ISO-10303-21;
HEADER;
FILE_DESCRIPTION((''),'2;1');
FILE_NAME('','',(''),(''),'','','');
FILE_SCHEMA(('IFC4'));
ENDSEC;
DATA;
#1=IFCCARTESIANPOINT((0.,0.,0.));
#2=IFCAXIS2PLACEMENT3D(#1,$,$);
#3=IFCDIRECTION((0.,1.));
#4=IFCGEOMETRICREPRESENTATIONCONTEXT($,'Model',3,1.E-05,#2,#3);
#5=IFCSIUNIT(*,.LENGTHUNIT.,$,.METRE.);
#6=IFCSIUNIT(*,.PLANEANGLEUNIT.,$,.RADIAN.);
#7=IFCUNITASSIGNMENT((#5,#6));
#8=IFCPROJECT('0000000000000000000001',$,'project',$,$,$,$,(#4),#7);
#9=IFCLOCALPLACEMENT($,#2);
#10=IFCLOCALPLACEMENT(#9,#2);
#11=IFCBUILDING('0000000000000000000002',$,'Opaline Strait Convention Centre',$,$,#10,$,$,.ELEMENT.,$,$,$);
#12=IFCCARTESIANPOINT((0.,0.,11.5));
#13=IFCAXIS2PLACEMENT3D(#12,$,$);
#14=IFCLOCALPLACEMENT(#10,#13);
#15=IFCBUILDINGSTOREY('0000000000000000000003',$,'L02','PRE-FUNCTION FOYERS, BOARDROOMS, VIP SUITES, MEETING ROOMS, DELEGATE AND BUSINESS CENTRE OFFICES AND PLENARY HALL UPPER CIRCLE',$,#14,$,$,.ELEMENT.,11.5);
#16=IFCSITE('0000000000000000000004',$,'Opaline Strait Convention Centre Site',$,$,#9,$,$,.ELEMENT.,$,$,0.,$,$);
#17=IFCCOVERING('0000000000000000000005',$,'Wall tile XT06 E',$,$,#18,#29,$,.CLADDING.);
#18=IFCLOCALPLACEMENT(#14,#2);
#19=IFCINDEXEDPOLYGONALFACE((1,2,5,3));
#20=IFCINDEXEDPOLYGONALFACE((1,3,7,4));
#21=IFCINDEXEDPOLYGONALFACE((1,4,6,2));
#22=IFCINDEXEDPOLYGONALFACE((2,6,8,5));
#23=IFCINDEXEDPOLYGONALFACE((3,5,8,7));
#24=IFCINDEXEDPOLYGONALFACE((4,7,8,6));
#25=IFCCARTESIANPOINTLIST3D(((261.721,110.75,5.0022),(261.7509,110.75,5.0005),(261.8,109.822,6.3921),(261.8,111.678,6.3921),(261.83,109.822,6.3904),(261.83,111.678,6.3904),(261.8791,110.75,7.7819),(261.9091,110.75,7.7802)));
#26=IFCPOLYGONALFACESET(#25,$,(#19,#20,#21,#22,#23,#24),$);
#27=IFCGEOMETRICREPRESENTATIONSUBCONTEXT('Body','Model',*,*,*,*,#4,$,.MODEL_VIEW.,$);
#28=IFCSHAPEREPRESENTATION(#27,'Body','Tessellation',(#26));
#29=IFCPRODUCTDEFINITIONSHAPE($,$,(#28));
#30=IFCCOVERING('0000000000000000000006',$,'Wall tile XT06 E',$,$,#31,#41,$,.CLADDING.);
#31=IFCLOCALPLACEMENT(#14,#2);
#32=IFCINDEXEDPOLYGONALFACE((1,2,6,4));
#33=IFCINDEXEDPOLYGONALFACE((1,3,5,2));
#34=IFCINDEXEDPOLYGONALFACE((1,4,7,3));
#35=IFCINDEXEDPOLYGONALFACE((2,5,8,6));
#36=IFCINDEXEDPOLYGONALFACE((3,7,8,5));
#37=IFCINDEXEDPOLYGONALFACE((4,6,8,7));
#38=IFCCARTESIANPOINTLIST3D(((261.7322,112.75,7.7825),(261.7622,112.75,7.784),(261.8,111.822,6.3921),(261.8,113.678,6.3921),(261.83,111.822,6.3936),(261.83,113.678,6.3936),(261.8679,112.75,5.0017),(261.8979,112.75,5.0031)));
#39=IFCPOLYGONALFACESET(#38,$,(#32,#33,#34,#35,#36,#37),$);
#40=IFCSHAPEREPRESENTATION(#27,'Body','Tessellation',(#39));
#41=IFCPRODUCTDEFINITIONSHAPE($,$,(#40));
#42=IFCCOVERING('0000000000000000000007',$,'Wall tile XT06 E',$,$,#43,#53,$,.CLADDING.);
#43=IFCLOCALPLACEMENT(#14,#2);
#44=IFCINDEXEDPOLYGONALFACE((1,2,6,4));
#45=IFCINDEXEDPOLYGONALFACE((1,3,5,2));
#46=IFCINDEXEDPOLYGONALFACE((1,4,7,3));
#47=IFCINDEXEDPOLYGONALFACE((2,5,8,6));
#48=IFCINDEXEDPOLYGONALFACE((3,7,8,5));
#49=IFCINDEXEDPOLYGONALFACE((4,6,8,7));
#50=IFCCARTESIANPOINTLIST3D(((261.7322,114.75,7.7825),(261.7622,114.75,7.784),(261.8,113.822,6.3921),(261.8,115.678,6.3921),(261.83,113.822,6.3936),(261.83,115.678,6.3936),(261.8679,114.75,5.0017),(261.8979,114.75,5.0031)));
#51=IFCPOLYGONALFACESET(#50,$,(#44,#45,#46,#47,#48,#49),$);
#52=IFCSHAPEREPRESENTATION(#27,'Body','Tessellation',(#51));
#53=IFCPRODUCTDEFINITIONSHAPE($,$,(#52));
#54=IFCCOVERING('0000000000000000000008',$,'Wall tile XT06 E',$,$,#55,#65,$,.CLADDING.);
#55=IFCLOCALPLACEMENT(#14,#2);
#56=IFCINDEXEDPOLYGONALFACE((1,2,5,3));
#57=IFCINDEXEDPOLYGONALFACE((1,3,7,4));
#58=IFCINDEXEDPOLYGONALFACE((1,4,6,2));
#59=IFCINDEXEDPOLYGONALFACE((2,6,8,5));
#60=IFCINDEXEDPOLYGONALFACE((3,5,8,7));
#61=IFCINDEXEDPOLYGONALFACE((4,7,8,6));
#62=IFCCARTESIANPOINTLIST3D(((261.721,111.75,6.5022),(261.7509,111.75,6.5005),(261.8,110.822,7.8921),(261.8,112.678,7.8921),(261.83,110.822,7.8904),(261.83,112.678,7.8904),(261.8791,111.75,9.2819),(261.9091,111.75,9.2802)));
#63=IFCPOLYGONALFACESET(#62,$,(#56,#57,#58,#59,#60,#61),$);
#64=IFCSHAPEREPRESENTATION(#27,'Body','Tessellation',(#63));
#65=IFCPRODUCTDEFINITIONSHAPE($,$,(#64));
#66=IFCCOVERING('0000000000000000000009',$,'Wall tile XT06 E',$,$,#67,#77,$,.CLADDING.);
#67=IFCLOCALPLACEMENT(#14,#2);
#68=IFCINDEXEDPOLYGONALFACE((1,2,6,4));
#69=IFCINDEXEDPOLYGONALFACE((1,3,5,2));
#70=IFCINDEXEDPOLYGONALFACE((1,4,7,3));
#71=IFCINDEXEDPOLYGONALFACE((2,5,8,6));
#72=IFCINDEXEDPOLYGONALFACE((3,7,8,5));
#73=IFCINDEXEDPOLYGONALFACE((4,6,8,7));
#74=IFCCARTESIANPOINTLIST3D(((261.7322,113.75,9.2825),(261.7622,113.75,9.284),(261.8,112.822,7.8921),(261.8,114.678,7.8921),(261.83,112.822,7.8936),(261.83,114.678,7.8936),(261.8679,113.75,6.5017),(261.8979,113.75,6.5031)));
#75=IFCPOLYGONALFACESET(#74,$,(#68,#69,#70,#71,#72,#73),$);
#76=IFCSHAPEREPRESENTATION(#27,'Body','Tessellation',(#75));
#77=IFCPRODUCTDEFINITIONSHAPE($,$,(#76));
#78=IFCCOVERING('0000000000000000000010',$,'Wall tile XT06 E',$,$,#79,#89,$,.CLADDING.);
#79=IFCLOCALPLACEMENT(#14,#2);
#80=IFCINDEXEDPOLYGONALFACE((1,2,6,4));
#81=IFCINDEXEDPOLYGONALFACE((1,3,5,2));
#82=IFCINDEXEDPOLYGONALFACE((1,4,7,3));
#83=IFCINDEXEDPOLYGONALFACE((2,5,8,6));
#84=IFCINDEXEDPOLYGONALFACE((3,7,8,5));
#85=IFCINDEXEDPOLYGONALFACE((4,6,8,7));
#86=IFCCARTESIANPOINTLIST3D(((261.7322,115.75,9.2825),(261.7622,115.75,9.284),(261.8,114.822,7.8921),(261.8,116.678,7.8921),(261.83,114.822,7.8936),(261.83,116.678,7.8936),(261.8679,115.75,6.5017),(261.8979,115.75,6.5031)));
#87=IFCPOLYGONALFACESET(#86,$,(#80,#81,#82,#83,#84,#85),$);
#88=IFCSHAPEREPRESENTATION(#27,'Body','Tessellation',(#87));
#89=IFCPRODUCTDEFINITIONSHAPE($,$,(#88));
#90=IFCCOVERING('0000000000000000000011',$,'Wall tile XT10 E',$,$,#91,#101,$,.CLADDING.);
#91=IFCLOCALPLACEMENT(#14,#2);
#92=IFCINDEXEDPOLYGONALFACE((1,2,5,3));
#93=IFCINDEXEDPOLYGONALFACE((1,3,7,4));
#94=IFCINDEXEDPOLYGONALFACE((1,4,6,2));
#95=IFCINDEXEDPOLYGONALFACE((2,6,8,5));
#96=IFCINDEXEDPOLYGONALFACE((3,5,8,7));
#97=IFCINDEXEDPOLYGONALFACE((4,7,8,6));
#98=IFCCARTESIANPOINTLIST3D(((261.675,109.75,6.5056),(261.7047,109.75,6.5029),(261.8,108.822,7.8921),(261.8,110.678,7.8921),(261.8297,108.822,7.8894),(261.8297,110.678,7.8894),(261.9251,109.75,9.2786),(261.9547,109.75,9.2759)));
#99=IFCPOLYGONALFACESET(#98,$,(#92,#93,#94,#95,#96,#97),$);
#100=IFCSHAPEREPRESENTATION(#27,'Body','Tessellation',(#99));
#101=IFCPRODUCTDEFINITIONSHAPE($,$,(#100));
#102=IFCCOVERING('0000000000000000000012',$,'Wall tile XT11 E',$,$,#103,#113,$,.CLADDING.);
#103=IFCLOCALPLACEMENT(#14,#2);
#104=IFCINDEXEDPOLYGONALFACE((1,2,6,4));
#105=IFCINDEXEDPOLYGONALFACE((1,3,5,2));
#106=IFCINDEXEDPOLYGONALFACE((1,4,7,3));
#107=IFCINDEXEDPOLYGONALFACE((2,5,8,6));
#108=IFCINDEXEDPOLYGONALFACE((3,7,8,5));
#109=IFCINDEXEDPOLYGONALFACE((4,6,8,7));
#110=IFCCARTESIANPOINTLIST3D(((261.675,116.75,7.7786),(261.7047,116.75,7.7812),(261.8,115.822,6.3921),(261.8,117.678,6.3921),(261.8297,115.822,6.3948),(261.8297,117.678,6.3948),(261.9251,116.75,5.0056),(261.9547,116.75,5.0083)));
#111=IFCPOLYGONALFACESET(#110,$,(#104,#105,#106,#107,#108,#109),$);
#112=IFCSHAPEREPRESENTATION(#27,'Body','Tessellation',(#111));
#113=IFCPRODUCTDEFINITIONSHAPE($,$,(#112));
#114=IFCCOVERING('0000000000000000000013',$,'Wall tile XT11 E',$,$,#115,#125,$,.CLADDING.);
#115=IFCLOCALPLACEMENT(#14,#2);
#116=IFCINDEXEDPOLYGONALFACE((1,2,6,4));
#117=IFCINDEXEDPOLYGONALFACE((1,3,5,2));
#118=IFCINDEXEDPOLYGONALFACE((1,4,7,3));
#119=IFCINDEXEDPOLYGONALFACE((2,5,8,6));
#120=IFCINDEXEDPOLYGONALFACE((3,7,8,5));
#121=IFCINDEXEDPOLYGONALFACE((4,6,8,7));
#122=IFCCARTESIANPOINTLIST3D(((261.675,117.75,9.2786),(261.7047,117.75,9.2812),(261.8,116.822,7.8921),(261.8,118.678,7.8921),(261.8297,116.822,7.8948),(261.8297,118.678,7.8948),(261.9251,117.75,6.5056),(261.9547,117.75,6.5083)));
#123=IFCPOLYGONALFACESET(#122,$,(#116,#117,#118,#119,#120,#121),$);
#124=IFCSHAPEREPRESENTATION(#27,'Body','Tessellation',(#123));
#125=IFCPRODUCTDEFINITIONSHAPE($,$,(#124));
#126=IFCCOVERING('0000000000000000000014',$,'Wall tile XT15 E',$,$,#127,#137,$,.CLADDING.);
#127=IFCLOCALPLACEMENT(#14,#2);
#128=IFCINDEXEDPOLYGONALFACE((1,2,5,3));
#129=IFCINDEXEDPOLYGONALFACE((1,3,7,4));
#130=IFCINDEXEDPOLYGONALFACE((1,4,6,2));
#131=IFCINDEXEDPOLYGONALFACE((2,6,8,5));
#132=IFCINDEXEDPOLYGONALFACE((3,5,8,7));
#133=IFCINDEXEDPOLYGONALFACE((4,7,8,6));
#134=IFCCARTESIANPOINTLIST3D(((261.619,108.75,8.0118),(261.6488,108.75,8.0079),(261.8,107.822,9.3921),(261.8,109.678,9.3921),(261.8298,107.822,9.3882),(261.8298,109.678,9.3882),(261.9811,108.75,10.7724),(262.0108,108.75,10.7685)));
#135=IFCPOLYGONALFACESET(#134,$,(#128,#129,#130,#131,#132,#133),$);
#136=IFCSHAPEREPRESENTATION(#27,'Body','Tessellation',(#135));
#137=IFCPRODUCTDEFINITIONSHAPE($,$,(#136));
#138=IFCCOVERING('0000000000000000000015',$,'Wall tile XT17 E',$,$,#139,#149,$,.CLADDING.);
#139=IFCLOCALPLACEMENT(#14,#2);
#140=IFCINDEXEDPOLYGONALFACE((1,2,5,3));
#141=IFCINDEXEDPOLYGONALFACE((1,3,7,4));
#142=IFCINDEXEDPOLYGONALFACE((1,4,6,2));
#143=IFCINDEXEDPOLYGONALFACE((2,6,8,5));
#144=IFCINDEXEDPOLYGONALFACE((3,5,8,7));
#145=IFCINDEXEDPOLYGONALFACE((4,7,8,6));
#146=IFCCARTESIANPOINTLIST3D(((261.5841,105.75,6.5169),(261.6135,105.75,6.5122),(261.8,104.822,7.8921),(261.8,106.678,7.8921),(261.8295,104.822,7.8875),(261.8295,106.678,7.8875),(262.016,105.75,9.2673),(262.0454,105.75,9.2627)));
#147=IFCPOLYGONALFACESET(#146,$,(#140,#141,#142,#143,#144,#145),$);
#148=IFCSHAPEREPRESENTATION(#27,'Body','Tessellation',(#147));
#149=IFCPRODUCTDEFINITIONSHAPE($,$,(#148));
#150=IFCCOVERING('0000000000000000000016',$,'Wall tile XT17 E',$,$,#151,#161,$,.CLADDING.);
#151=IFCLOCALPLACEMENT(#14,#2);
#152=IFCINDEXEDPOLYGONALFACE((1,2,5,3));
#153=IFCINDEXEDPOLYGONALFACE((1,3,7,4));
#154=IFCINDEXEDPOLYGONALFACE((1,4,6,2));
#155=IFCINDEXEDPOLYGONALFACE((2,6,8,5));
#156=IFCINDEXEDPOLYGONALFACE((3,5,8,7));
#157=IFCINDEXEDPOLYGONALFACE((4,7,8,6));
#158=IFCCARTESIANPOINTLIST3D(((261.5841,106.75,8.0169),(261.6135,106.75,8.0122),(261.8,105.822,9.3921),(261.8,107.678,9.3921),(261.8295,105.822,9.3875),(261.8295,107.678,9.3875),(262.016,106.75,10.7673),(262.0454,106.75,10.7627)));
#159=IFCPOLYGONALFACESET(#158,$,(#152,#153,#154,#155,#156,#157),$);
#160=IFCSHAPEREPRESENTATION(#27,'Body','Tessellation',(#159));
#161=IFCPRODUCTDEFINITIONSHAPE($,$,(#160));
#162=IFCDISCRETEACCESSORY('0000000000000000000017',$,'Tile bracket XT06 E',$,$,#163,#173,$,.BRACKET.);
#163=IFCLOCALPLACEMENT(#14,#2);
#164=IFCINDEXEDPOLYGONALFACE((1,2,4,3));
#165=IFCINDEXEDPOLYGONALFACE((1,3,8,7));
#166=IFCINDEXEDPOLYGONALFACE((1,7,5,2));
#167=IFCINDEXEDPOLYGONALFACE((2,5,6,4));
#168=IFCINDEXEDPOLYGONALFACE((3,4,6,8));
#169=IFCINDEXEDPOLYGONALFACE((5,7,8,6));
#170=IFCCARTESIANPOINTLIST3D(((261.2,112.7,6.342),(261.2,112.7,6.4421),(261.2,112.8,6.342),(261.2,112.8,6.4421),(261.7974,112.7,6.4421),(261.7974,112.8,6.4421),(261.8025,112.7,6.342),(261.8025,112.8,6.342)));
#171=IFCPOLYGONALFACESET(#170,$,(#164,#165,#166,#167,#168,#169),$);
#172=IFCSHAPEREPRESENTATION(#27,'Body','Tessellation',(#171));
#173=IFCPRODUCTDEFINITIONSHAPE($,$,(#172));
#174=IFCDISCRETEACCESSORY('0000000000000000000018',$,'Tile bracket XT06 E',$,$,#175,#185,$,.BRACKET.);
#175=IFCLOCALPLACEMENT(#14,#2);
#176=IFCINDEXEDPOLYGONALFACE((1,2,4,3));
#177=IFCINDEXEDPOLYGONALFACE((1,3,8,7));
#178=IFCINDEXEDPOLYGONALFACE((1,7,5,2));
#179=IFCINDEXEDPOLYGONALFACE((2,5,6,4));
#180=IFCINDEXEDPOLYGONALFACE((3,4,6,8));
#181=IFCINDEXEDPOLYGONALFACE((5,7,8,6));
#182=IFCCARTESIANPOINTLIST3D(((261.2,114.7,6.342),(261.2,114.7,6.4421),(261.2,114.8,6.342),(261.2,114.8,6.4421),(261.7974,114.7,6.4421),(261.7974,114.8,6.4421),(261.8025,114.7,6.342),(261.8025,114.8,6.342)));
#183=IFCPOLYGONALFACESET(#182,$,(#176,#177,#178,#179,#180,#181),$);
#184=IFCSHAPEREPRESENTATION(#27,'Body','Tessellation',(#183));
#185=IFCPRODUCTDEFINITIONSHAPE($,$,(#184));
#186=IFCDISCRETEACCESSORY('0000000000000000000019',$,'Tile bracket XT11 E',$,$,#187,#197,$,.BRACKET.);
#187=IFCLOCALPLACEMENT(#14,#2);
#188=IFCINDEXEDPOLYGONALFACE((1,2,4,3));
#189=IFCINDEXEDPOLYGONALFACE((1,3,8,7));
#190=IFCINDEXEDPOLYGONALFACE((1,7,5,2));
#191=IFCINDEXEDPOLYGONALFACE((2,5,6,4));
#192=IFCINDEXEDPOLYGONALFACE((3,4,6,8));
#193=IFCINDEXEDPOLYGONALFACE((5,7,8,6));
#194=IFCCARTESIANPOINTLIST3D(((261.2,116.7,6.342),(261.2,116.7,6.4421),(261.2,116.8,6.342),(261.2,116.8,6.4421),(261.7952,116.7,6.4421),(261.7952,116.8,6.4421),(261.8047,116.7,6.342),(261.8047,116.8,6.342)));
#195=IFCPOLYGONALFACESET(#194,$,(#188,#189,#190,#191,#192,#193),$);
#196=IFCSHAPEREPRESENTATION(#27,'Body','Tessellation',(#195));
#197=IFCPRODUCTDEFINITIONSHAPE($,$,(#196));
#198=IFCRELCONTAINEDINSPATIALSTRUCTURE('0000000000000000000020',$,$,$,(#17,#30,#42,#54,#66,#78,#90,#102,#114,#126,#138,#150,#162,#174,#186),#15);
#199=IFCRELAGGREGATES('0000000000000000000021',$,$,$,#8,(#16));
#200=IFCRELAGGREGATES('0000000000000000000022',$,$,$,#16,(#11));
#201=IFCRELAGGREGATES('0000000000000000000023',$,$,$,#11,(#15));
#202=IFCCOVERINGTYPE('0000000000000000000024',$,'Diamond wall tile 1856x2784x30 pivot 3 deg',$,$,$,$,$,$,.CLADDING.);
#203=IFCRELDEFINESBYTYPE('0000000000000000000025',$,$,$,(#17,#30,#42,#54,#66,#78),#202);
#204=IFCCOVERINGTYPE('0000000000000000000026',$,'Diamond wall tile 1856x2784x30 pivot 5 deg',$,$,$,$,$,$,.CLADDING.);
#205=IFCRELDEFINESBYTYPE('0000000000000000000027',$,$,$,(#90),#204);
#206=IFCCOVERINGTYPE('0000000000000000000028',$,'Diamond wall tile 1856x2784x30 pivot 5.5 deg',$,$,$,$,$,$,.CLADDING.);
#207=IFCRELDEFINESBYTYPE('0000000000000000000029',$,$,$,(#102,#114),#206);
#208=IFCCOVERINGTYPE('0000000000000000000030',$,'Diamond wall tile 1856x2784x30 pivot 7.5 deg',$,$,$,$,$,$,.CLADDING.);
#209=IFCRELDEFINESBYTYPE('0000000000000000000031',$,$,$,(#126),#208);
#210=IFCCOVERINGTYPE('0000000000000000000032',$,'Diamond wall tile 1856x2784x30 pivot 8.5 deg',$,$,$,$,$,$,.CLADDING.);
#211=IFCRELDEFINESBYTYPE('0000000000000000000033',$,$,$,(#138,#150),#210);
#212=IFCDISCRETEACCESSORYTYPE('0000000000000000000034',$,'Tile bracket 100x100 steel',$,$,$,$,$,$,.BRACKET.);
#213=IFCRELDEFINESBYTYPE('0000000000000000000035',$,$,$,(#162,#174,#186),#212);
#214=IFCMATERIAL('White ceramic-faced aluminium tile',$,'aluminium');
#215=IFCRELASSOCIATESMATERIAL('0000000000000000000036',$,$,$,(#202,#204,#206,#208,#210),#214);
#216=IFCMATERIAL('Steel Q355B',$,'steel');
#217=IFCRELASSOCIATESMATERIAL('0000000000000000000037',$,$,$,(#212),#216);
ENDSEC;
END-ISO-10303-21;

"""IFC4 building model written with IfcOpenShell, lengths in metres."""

from ifc_helpers import new_model, si_unit, direction, frame, origin, place, context, subcontext, project, spatial, polyline, outline, extrude, material, material_profile, profile_set, type_object, element, save


model = new_model("IFC4")

# Units and contexts
model_context = context("Model", 3, precision=1e-05, world=origin(), true_north=direction((0.0, 1.0)))
body_context = subcontext(model_context, "Body", "Model", "MODEL_VIEW")
ifc_project = project(units=[si_unit("LENGTHUNIT", "METRE"), si_unit("PLANEANGLEUNIT", "RADIAN")], contexts=[model_context])

# Site, building, storey
site_placement = place(None, origin())
site = spatial("IfcSite", under=ifc_project, at=site_placement, Name="Opaline Strait Convention Centre Site", CompositionType="ELEMENT", RefElevation=0.0)
building_placement = place(site_placement, origin())
building = spatial("IfcBuilding", under=site, at=building_placement, Name="Opaline Strait Convention Centre", CompositionType="ELEMENT")
storey_placement = place(building_placement, frame((0.0, 0.0, 11.5)))
storey = spatial("IfcBuildingStorey", under=building, at=storey_placement, Name="L02", Description="PRE-FUNCTION FOYERS, BOARDROOMS, VIP SUITES, MEETING ROOMS, DELEGATE AND BUSINESS CENTRE OFFICES AND PLENARY HALL UPPER CIRCLE", CompositionType="ELEMENT", Elevation=11.5)

# Coverings
ifc_material_1 = material(Name="White ceramic-faced aluminium tile", Category="aluminium")
ifc_material_profile_1 = material_profile(ifc_material_1, outline(polyline([(0.928, 0.0), (0.0, 1.3921), (-0.928, 0.0), (0.0, -1.3921), (0.928, 0.0)])), Name="Diamond tile 1856x2784")
ifc_profile_set_1 = profile_set([ifc_material_profile_1], Name="White ceramic-faced aluminium tile")
covering_type_1 = type_object("IfcCoveringType", Name="Diamond wall tile 1856x2784x30 pivot 3 deg", PredefinedType="CLADDING", material=ifc_profile_set_1)
for number, where, z_axis, x_axis, name in (
    (1, (261.8, 110.75, 6.3921), (0.998385, 0.0, -0.056819), (0.0, 1.0, 0.0), "Wall tile XT06 E"),
    (2, (261.8, 112.75, 6.3921), (0.998812, 0.0, 0.048723), (0.0, 1.0, 0.0), "Wall tile XT06 E"),
    (3, (261.8, 114.75, 6.3921), (0.998812, 0.0, 0.048723), (0.0, 1.0, 0.0), "Wall tile XT06 E"),
    (4, (261.8, 111.75, 7.8921), (0.998385, 0.0, -0.056819), (0.0, 1.0, 0.0), "Wall tile XT06 E"),
    (5, (261.8, 113.75, 7.8921), (0.998812, 0.0, 0.048723), (0.0, 1.0, 0.0), "Wall tile XT06 E"),
    (6, (261.8, 115.75, 7.8921), (0.998812, 0.0, 0.048723), (0.0, 1.0, 0.0), "Wall tile XT06 E"),
):
    element("IfcCovering", number, at=place(storey_placement, frame(where, z_axis=z_axis, x_axis=x_axis)), inside=storey, type_object=covering_type_1, Name=name, PredefinedType="CLADDING", context=body_context, shape_type="SweptSolid", body=[
        extrude(outline(polyline([(0.928, 0.0), (0.0, 1.3921), (-0.928, 0.0), (0.0, -1.3921), (0.928, 0.0)])), origin(), (0.0, 0.0, 1.0), 0.03),
    ])
ifc_material_profile_2 = material_profile(ifc_material_1, outline(polyline([(0.928, 0.0), (0.0, 1.3921), (-0.928, 0.0), (0.0, -1.3921), (0.928, 0.0)])), Name="Diamond tile 1856x2784")
ifc_profile_set_2 = profile_set([ifc_material_profile_2], Name="White ceramic-faced aluminium tile")
covering_type_2 = type_object("IfcCoveringType", Name="Diamond wall tile 1856x2784x30 pivot 5 deg", PredefinedType="CLADDING", material=ifc_profile_set_2)
covering_1_placement = place(storey_placement, frame((261.8, 109.75, 7.8921), z_axis=(0.99596, 0.0, -0.0898), x_axis=(0.0, 1.0, 0.0)))
element("IfcCovering", 7, at=covering_1_placement, inside=storey, type_object=covering_type_2, Name="Wall tile XT10 E", PredefinedType="CLADDING", context=body_context, shape_type="SweptSolid", body=[
    extrude(outline(polyline([(0.928, 0.0), (0.0, 1.3921), (-0.928, 0.0), (0.0, -1.3921), (0.928, 0.0)])), origin(), (0.0, 0.0, 1.0), 0.0298),
])
ifc_material_profile_3 = material_profile(ifc_material_1, outline(polyline([(0.928, 0.0), (0.0, 1.3921), (-0.928, 0.0), (0.0, -1.3921), (0.928, 0.0)])), Name="Diamond tile 1856x2784")
ifc_profile_set_3 = profile_set([ifc_material_profile_3], Name="White ceramic-faced aluminium tile")
covering_type_3 = type_object("IfcCoveringType", Name="Diamond wall tile 1856x2784x30 pivot 5.5 deg", PredefinedType="CLADDING", material=ifc_profile_set_3)
for number, where, z_axis, x_axis, name in (
    (8, (261.8, 116.75, 6.3921), (0.99596, 0.0, 0.0898), (0.0, 1.0, 0.0), "Wall tile XT11 E"),
    (9, (261.8, 117.75, 7.8921), (0.99596, 0.0, 0.0898), (0.0, 1.0, 0.0), "Wall tile XT11 E"),
):
    element("IfcCovering", number, at=place(storey_placement, frame(where, z_axis=z_axis, x_axis=x_axis)), inside=storey, type_object=covering_type_3, Name=name, PredefinedType="CLADDING", context=body_context, shape_type="SweptSolid", body=[
        extrude(outline(polyline([(0.928, 0.0), (0.0, 1.3921), (-0.928, 0.0), (0.0, -1.3921), (0.928, 0.0)])), origin(), (0.0, 0.0, 1.0), 0.0298),
    ])
ifc_material_profile_4 = material_profile(ifc_material_1, outline(polyline([(0.928, 0.0), (0.0, 1.3921), (-0.928, 0.0), (0.0, -1.3921), (0.928, 0.0)])), Name="Diamond tile 1856x2784")
ifc_profile_set_4 = profile_set([ifc_material_profile_4], Name="White ceramic-faced aluminium tile")
covering_type_4 = type_object("IfcCoveringType", Name="Diamond wall tile 1856x2784x30 pivot 7.5 deg", PredefinedType="CLADDING", material=ifc_profile_set_4)
covering_2_placement = place(storey_placement, frame((261.8, 108.75, 9.3921), z_axis=(0.99151, 0.0, -0.130034), x_axis=(0.0, 1.0, 0.0)))
element("IfcCovering", 10, at=covering_2_placement, inside=storey, type_object=covering_type_4, Name="Wall tile XT15 E", PredefinedType="CLADDING", context=body_context, shape_type="SweptSolid", body=[
    extrude(outline(polyline([(0.928, 0.0), (0.0, 1.3921), (-0.928, 0.0), (0.0, -1.3921), (0.928, 0.0)])), origin(), (0.0, 0.0, 1.0), 0.03),
])
ifc_material_profile_5 = material_profile(ifc_material_1, outline(polyline([(0.928, 0.0), (0.0, 1.3921), (-0.928, 0.0), (0.0, -1.3921), (0.928, 0.0)])), Name="Diamond tile 1856x2784")
ifc_profile_set_5 = profile_set([ifc_material_profile_5], Name="White ceramic-faced aluminium tile")
covering_type_5 = type_object("IfcCoveringType", Name="Diamond wall tile 1856x2784x30 pivot 8.5 deg", PredefinedType="CLADDING", material=ifc_profile_set_5)
for number, where, z_axis, x_axis, name in (
    (11, (261.8, 105.75, 7.8921), (0.987895, 0.0, -0.155124), (0.0, 1.0, 0.0), "Wall tile XT17 E"),
    (12, (261.8, 106.75, 9.3921), (0.987895, 0.0, -0.155124), (0.0, 1.0, 0.0), "Wall tile XT17 E"),
):
    element("IfcCovering", number, at=place(storey_placement, frame(where, z_axis=z_axis, x_axis=x_axis)), inside=storey, type_object=covering_type_5, Name=name, PredefinedType="CLADDING", context=body_context, shape_type="SweptSolid", body=[
        extrude(outline(polyline([(0.928, 0.0), (0.0, 1.3921), (-0.928, 0.0), (0.0, -1.3921), (0.928, 0.0)])), origin(), (0.0, 0.0, 1.0), 0.0298),
    ])

# Discrete accessories
ifc_material_2 = material(Name="Steel Q355B", Category="steel")
discrete_accessory_type = type_object("IfcDiscreteAccessoryType", Name="Tile bracket 100x100 steel", PredefinedType="BRACKET", material=ifc_material_2)
for number, where, z_axis, x_axis, name in (
    (13, (261.2, 112.7, 6.3921), (0.0, 1.0, 0.0), (-1.0, 0.0, 0.0), "Tile bracket XT06 E"),
    (14, (261.2, 114.7, 6.3921), (0.0, 1.0, 0.0), (-1.0, 0.0, 0.0), "Tile bracket XT06 E"),
):
    element("IfcDiscreteAccessory", number, at=place(storey_placement, frame(where, z_axis=z_axis, x_axis=x_axis)), inside=storey, type_object=discrete_accessory_type, Name=name, PredefinedType="BRACKET", context=body_context, shape_type="SweptSolid", body=[
        extrude(outline(polyline([(0.0, -0.05), (0.0, 0.05), (-0.5974, 0.05), (-0.6025, -0.05), (0.0, -0.05)])), origin(), (0.0, 0.0, 1.0), 0.1001),
    ])
discrete_accessory_1_placement = place(storey_placement, frame((261.2, 116.7, 6.3921), z_axis=(0.0, 1.0, 0.0), x_axis=(-1.0, 0.0, 0.0)))
element("IfcDiscreteAccessory", 15, at=discrete_accessory_1_placement, inside=storey, type_object=discrete_accessory_type, Name="Tile bracket XT11 E", PredefinedType="BRACKET", context=body_context, shape_type="SweptSolid", body=[
    extrude(outline(polyline([(0.0, -0.05), (0.0, 0.05), (-0.5952, 0.05), (-0.6047, -0.05), (0.0, -0.05)])), origin(), (0.0, 0.0, 1.0), 0.1001),
])

save(model, "model.ifc")
